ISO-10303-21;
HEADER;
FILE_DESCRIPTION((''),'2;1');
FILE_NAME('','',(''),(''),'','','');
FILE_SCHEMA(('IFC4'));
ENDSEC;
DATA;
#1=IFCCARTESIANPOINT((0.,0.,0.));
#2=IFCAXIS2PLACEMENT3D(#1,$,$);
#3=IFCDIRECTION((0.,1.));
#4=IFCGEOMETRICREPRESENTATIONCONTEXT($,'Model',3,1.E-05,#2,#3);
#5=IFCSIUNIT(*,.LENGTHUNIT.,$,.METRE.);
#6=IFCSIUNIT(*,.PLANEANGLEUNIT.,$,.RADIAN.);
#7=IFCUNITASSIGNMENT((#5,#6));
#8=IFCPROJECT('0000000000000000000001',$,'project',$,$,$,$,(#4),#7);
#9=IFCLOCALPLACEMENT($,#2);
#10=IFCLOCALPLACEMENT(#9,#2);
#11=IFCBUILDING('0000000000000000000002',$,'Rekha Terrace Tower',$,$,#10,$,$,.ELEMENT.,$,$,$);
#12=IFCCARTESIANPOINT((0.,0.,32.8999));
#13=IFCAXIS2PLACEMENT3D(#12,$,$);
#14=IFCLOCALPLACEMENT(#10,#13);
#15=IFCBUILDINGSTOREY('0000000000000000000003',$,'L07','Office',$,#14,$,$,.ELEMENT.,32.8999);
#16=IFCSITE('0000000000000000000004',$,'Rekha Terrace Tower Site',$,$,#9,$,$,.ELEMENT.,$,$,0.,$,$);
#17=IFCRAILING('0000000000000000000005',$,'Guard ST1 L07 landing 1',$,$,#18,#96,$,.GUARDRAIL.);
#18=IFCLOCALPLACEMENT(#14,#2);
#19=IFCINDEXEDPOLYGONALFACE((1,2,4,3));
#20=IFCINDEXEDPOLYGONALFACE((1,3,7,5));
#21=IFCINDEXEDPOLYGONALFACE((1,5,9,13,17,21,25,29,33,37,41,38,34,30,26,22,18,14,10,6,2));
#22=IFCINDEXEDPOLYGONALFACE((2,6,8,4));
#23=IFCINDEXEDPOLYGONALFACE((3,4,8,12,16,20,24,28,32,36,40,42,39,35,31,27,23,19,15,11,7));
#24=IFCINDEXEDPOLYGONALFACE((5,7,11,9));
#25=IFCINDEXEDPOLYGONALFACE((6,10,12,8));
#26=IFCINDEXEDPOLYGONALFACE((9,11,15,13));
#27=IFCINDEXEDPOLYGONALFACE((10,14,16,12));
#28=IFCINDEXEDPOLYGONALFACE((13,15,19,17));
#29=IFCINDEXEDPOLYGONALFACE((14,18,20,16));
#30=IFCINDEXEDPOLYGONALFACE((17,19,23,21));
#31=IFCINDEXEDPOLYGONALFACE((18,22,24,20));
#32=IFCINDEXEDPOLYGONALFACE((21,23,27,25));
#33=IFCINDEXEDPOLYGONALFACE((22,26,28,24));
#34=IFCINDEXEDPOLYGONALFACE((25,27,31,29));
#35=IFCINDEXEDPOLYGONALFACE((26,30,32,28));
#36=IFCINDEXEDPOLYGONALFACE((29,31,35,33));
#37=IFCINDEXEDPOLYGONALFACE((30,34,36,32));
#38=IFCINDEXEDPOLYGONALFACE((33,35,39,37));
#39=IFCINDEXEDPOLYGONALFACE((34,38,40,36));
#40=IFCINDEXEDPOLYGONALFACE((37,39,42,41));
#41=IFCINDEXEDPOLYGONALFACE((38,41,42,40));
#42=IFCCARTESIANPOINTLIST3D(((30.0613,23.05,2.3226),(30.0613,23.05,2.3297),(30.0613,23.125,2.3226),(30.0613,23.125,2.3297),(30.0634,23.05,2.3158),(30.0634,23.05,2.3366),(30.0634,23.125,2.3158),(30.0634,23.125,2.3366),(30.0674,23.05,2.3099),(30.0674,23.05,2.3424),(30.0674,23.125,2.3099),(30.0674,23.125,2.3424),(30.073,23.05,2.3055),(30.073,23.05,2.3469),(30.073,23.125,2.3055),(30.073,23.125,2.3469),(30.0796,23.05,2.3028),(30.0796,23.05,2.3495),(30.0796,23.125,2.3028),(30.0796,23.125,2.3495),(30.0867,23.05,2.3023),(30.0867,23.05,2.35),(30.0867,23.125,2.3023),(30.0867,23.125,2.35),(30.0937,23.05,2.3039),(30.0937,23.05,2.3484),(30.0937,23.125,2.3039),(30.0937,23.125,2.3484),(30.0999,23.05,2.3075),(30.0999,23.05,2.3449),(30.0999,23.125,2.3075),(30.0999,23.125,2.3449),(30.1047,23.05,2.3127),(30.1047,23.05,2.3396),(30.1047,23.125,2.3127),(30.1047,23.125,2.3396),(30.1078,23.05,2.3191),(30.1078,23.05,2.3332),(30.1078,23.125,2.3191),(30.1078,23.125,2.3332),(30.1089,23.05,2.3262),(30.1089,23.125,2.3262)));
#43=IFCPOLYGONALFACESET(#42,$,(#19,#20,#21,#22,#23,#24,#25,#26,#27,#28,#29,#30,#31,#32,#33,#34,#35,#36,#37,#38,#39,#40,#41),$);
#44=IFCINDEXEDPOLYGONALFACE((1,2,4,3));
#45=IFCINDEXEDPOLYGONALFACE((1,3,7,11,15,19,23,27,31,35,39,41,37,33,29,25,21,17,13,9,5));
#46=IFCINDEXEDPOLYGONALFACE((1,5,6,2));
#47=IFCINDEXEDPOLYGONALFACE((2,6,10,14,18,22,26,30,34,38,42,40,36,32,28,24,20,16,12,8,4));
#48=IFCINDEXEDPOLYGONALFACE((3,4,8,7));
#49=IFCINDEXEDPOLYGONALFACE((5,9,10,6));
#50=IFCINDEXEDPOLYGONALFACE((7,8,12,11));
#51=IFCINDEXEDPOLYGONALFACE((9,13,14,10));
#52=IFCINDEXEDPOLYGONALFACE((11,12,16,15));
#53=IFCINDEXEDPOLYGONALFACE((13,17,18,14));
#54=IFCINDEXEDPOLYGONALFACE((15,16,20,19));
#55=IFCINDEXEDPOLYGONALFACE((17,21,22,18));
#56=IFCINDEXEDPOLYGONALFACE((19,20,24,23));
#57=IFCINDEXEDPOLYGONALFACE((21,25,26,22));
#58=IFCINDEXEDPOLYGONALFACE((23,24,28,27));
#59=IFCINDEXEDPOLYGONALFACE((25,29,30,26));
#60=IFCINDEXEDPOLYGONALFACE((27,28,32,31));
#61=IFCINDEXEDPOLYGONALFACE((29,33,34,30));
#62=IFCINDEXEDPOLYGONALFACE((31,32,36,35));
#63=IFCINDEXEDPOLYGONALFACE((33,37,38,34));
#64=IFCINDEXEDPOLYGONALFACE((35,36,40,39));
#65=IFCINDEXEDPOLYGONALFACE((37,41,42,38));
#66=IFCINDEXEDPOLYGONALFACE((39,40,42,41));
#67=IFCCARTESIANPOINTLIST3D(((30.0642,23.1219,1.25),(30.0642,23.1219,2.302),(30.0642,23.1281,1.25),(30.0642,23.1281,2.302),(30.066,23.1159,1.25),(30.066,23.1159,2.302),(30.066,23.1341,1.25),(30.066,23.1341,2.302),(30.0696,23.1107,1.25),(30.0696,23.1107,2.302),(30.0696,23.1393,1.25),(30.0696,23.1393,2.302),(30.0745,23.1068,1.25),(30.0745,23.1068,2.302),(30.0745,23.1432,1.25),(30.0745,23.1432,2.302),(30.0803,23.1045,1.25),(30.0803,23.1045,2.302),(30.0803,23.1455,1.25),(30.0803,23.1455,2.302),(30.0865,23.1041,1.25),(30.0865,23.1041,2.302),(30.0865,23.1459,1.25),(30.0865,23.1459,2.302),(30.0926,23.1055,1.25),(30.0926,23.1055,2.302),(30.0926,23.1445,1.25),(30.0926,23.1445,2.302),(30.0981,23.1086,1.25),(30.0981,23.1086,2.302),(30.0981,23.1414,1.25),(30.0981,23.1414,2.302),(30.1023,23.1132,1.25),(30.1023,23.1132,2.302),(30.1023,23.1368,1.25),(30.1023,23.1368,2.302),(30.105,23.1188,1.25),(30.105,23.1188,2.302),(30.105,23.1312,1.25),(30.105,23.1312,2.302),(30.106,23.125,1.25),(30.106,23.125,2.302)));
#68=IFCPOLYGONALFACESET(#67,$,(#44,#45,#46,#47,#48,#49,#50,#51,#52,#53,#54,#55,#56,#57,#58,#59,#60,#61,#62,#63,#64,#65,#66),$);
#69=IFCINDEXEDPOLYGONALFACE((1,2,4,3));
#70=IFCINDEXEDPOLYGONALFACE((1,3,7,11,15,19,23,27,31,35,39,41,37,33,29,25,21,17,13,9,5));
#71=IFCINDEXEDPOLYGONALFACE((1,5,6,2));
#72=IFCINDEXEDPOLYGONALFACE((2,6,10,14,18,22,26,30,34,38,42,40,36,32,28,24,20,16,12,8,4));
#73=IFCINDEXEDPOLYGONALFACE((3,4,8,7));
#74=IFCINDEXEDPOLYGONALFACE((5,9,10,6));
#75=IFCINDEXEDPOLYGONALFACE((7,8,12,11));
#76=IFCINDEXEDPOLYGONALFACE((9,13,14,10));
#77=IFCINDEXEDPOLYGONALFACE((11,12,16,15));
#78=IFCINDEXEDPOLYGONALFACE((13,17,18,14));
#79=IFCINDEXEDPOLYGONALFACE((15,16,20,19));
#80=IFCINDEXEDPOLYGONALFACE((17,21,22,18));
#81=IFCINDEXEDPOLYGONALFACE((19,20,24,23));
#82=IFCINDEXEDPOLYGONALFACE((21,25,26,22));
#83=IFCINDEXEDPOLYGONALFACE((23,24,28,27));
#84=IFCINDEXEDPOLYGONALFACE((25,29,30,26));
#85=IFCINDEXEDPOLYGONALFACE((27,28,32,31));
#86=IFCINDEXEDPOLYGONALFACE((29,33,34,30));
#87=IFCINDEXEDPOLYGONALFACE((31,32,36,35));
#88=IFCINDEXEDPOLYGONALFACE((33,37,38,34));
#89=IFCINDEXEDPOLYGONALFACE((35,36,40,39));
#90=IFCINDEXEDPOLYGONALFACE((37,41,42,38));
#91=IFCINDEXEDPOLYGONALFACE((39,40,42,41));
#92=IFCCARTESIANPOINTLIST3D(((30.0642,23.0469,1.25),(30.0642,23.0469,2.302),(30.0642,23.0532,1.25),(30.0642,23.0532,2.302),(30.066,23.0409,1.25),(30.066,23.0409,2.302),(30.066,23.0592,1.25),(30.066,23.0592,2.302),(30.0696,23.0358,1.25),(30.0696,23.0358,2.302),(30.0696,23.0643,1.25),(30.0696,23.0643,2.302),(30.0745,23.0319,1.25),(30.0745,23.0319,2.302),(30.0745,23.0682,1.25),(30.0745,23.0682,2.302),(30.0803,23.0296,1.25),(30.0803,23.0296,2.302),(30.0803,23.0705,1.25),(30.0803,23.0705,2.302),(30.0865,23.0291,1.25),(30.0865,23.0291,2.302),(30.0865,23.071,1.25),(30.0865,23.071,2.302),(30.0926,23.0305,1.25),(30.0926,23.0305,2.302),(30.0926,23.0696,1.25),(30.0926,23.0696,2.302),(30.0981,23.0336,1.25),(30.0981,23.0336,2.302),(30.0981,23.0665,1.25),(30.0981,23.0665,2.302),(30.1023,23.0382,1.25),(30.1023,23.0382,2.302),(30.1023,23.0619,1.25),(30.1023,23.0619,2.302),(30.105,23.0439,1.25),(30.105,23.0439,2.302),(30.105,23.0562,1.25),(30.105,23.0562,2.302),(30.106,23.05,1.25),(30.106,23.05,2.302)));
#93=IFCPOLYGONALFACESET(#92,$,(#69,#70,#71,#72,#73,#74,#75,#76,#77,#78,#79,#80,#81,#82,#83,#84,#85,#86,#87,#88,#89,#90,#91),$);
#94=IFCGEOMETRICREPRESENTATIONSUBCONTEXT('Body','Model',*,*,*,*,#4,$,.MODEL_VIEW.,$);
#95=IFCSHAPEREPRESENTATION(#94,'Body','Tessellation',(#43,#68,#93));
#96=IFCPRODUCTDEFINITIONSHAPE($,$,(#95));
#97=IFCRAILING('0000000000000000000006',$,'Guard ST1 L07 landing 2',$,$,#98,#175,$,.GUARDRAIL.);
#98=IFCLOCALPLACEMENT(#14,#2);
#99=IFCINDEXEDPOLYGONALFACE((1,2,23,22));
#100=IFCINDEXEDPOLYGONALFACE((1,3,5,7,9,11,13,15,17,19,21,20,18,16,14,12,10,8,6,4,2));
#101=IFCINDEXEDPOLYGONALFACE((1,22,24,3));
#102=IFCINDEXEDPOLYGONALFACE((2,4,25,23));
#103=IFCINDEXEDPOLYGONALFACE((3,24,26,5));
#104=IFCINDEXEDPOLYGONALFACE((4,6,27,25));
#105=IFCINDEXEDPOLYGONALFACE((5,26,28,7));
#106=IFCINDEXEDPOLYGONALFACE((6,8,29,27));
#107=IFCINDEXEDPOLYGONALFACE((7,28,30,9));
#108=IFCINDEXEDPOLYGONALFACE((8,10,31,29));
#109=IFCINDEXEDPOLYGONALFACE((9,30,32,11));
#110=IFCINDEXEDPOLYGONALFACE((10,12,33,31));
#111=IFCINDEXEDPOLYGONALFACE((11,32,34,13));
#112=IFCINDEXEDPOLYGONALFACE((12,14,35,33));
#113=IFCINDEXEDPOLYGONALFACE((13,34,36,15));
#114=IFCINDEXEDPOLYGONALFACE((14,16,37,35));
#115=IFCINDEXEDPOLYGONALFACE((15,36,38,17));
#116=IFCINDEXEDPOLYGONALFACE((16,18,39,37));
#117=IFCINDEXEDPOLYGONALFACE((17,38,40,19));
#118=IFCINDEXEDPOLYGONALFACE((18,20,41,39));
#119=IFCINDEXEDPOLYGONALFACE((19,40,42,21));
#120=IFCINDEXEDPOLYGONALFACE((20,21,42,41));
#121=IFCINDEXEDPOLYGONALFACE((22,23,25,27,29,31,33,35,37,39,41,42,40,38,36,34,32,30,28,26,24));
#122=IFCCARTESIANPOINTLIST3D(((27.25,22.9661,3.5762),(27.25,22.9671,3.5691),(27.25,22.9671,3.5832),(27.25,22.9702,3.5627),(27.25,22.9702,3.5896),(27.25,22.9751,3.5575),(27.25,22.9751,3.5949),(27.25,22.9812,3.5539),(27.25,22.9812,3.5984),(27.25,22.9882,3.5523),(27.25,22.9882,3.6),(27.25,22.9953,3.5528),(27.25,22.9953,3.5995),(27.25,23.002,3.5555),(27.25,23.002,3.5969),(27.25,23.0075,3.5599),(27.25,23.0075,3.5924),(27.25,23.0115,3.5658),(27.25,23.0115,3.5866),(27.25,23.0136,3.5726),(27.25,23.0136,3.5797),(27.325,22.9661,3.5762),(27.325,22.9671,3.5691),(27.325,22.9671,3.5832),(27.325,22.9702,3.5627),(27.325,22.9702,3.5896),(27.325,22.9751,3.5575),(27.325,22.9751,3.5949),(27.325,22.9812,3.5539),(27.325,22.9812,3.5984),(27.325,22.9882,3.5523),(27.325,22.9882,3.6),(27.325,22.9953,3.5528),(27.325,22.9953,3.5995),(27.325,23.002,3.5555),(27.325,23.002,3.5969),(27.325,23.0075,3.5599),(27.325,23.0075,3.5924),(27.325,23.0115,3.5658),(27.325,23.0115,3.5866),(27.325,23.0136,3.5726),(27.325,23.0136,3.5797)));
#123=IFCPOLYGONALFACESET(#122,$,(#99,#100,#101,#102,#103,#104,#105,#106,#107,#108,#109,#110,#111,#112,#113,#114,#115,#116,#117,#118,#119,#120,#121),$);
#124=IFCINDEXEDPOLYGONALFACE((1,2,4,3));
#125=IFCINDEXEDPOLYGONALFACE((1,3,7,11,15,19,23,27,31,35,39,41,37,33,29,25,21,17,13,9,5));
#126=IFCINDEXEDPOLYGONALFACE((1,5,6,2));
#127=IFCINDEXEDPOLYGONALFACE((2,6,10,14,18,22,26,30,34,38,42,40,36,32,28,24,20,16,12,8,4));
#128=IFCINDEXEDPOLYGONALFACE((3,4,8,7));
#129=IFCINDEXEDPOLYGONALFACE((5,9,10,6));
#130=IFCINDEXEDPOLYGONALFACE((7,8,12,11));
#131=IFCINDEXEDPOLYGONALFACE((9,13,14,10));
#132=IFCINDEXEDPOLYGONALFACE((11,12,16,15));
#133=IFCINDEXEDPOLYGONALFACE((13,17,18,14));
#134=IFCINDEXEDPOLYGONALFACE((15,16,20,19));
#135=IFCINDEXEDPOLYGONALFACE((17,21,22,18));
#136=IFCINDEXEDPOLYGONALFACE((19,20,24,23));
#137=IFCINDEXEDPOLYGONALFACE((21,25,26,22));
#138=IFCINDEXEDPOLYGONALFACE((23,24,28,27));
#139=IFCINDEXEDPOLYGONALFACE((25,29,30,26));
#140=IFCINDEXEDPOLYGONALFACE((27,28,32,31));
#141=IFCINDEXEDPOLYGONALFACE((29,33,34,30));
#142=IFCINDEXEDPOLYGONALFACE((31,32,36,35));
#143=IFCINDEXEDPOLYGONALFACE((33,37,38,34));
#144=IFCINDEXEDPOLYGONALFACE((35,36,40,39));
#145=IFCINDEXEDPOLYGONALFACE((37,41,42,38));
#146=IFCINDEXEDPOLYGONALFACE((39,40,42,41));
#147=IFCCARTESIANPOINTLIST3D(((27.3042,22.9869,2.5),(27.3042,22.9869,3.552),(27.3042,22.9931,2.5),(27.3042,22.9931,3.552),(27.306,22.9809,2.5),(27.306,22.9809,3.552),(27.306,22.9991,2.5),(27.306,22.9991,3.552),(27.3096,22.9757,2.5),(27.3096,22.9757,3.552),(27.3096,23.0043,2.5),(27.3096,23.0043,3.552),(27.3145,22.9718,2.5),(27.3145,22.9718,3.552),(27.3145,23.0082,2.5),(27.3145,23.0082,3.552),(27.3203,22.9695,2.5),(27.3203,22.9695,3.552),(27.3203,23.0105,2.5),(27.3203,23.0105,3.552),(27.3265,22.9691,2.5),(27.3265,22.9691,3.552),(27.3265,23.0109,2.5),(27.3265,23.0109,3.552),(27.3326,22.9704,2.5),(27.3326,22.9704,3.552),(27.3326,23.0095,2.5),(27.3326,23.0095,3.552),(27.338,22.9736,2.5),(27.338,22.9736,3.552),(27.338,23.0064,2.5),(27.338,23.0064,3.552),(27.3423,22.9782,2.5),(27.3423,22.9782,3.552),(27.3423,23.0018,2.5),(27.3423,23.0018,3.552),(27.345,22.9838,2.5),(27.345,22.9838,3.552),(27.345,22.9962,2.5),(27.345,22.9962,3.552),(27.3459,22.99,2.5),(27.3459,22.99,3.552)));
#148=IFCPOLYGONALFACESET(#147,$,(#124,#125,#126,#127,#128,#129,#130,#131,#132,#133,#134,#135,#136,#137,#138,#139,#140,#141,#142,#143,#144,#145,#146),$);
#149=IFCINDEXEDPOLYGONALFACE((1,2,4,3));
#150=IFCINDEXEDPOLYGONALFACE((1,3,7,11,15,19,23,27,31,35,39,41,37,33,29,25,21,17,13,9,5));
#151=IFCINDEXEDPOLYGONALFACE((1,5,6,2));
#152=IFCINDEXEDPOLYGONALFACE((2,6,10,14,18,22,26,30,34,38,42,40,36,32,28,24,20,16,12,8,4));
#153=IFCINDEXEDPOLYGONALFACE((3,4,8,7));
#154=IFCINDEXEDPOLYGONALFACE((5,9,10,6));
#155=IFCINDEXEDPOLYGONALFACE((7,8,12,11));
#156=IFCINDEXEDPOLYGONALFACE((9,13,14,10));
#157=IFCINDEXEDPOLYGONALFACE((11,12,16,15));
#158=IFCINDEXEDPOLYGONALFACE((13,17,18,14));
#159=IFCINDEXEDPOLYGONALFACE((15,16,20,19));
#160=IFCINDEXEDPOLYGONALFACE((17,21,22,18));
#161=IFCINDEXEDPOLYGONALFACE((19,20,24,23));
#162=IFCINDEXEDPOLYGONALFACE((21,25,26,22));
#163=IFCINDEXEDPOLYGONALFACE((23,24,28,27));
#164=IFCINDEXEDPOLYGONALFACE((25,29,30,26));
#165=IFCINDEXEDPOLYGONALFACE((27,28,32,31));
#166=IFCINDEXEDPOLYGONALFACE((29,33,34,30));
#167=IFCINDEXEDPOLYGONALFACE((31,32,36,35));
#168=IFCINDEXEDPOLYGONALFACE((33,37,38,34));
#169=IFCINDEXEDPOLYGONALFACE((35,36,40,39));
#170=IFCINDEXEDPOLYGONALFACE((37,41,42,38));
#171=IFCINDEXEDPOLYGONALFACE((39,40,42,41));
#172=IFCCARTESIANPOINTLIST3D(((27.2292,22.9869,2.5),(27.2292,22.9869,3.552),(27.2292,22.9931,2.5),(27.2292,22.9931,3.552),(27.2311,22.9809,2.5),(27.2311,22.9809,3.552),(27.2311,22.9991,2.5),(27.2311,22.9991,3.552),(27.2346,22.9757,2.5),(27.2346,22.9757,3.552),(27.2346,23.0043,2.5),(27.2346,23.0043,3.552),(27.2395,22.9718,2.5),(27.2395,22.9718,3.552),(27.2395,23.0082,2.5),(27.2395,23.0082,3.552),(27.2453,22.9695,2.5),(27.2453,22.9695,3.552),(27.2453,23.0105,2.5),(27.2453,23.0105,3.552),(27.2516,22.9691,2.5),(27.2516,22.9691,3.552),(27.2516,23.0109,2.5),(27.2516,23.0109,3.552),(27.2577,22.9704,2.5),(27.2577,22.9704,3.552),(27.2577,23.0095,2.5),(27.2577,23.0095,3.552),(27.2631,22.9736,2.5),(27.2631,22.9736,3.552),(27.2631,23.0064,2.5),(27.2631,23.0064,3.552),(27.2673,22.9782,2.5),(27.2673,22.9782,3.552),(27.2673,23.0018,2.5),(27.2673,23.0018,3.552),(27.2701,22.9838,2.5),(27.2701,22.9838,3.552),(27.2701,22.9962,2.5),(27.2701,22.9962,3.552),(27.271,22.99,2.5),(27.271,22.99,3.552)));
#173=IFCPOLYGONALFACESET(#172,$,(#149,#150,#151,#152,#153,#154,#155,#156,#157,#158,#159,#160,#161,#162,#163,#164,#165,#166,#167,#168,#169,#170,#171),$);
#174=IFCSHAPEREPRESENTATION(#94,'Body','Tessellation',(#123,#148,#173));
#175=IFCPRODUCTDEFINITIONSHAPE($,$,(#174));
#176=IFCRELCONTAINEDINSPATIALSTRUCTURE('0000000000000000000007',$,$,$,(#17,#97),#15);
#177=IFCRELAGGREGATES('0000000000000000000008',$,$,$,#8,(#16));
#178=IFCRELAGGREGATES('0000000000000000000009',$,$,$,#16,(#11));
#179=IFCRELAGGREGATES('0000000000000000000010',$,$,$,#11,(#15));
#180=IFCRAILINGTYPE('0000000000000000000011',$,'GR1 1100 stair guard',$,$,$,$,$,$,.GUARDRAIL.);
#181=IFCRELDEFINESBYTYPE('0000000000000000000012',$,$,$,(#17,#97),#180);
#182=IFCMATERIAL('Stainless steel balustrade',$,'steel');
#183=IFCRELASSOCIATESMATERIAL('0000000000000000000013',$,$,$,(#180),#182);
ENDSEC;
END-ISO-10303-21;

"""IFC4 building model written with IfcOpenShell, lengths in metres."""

from ifc_helpers import new_model, si_unit, direction, frame, origin, origin_2d, place, context, subcontext, project, spatial, circle, extrude, material, type_object, element, save


model = new_model("IFC4")

# Units and contexts
model_context = context("Model", 3, precision=1e-05, world=origin(), true_north=direction((0.0, 1.0)))
body_context = subcontext(model_context, "Body", "Model", "MODEL_VIEW")
ifc_project = project(units=[si_unit("LENGTHUNIT", "METRE"), si_unit("PLANEANGLEUNIT", "RADIAN")], contexts=[model_context])

# Site, building, storey
site_placement = place(None, origin())
site = spatial("IfcSite", under=ifc_project, at=site_placement, Name="Rekha Terrace Tower Site", CompositionType="ELEMENT", RefElevation=0.0)
building_placement = place(site_placement, origin())
building = spatial("IfcBuilding", under=site, at=building_placement, Name="Rekha Terrace Tower", CompositionType="ELEMENT")
storey_placement = place(building_placement, frame((0.0, 0.0, 32.8999)))
storey = spatial("IfcBuildingStorey", under=building, at=storey_placement, Name="L07", Description="Office", CompositionType="ELEMENT", Elevation=32.8999)

# Railings
ifc_material_1 = material(Name="Stainless steel balustrade", Category="steel")
railing_type_1 = type_object("IfcRailingType", Name="GR1 1100 stair guard", PredefinedType="GUARDRAIL", material=ifc_material_1)
railing_1_placement = place(storey_placement, frame((30.085, 23.125, 1.25)))
element("IfcRailing", 1, at=railing_1_placement, inside=storey, type_object=railing_type_1, Name="Guard ST1 L07 landing 1", PredefinedType="GUARDRAIL", context=body_context, shape_type="SweptSolid", body=[
    extrude(circle(Radius=0.0239, at=origin_2d()), frame((0.0, 0.0, 1.0762), z_axis=(0.0, -1.0, 0.0), x_axis=(1.0, 0.0, 0.0)), (0.0, 0.0, 1.0), 0.075),
    extrude(circle(Radius=0.021, at=origin_2d()), origin(), (0.0, 0.0, 1.0), 1.052),
    extrude(circle(Radius=0.021, at=origin_2d()), frame((0.0, -0.075, 0.0)), (0.0, 0.0, 1.0), 1.052),
])
railing_2_placement = place(storey_placement, frame((27.325, 22.99, 2.5)))
element("IfcRailing", 2, at=railing_2_placement, inside=storey, type_object=railing_type_1, Name="Guard ST1 L07 landing 2", PredefinedType="GUARDRAIL", context=body_context, shape_type="SweptSolid", body=[
    extrude(circle(Radius=0.0239, at=origin_2d()), frame((0.0, 0.0, 1.0762), z_axis=(-1.0, 0.0, 0.0), x_axis=(0.0, -1.0, 0.0)), (0.0, 0.0, 1.0), 0.075),
    extrude(circle(Radius=0.021, at=origin_2d()), origin(), (0.0, 0.0, 1.0), 1.052),
    extrude(circle(Radius=0.021, at=origin_2d()), frame((-0.075, 0.0, 0.0)), (0.0, 0.0, 1.0), 1.052),
])

save(model, "model.ifc")
